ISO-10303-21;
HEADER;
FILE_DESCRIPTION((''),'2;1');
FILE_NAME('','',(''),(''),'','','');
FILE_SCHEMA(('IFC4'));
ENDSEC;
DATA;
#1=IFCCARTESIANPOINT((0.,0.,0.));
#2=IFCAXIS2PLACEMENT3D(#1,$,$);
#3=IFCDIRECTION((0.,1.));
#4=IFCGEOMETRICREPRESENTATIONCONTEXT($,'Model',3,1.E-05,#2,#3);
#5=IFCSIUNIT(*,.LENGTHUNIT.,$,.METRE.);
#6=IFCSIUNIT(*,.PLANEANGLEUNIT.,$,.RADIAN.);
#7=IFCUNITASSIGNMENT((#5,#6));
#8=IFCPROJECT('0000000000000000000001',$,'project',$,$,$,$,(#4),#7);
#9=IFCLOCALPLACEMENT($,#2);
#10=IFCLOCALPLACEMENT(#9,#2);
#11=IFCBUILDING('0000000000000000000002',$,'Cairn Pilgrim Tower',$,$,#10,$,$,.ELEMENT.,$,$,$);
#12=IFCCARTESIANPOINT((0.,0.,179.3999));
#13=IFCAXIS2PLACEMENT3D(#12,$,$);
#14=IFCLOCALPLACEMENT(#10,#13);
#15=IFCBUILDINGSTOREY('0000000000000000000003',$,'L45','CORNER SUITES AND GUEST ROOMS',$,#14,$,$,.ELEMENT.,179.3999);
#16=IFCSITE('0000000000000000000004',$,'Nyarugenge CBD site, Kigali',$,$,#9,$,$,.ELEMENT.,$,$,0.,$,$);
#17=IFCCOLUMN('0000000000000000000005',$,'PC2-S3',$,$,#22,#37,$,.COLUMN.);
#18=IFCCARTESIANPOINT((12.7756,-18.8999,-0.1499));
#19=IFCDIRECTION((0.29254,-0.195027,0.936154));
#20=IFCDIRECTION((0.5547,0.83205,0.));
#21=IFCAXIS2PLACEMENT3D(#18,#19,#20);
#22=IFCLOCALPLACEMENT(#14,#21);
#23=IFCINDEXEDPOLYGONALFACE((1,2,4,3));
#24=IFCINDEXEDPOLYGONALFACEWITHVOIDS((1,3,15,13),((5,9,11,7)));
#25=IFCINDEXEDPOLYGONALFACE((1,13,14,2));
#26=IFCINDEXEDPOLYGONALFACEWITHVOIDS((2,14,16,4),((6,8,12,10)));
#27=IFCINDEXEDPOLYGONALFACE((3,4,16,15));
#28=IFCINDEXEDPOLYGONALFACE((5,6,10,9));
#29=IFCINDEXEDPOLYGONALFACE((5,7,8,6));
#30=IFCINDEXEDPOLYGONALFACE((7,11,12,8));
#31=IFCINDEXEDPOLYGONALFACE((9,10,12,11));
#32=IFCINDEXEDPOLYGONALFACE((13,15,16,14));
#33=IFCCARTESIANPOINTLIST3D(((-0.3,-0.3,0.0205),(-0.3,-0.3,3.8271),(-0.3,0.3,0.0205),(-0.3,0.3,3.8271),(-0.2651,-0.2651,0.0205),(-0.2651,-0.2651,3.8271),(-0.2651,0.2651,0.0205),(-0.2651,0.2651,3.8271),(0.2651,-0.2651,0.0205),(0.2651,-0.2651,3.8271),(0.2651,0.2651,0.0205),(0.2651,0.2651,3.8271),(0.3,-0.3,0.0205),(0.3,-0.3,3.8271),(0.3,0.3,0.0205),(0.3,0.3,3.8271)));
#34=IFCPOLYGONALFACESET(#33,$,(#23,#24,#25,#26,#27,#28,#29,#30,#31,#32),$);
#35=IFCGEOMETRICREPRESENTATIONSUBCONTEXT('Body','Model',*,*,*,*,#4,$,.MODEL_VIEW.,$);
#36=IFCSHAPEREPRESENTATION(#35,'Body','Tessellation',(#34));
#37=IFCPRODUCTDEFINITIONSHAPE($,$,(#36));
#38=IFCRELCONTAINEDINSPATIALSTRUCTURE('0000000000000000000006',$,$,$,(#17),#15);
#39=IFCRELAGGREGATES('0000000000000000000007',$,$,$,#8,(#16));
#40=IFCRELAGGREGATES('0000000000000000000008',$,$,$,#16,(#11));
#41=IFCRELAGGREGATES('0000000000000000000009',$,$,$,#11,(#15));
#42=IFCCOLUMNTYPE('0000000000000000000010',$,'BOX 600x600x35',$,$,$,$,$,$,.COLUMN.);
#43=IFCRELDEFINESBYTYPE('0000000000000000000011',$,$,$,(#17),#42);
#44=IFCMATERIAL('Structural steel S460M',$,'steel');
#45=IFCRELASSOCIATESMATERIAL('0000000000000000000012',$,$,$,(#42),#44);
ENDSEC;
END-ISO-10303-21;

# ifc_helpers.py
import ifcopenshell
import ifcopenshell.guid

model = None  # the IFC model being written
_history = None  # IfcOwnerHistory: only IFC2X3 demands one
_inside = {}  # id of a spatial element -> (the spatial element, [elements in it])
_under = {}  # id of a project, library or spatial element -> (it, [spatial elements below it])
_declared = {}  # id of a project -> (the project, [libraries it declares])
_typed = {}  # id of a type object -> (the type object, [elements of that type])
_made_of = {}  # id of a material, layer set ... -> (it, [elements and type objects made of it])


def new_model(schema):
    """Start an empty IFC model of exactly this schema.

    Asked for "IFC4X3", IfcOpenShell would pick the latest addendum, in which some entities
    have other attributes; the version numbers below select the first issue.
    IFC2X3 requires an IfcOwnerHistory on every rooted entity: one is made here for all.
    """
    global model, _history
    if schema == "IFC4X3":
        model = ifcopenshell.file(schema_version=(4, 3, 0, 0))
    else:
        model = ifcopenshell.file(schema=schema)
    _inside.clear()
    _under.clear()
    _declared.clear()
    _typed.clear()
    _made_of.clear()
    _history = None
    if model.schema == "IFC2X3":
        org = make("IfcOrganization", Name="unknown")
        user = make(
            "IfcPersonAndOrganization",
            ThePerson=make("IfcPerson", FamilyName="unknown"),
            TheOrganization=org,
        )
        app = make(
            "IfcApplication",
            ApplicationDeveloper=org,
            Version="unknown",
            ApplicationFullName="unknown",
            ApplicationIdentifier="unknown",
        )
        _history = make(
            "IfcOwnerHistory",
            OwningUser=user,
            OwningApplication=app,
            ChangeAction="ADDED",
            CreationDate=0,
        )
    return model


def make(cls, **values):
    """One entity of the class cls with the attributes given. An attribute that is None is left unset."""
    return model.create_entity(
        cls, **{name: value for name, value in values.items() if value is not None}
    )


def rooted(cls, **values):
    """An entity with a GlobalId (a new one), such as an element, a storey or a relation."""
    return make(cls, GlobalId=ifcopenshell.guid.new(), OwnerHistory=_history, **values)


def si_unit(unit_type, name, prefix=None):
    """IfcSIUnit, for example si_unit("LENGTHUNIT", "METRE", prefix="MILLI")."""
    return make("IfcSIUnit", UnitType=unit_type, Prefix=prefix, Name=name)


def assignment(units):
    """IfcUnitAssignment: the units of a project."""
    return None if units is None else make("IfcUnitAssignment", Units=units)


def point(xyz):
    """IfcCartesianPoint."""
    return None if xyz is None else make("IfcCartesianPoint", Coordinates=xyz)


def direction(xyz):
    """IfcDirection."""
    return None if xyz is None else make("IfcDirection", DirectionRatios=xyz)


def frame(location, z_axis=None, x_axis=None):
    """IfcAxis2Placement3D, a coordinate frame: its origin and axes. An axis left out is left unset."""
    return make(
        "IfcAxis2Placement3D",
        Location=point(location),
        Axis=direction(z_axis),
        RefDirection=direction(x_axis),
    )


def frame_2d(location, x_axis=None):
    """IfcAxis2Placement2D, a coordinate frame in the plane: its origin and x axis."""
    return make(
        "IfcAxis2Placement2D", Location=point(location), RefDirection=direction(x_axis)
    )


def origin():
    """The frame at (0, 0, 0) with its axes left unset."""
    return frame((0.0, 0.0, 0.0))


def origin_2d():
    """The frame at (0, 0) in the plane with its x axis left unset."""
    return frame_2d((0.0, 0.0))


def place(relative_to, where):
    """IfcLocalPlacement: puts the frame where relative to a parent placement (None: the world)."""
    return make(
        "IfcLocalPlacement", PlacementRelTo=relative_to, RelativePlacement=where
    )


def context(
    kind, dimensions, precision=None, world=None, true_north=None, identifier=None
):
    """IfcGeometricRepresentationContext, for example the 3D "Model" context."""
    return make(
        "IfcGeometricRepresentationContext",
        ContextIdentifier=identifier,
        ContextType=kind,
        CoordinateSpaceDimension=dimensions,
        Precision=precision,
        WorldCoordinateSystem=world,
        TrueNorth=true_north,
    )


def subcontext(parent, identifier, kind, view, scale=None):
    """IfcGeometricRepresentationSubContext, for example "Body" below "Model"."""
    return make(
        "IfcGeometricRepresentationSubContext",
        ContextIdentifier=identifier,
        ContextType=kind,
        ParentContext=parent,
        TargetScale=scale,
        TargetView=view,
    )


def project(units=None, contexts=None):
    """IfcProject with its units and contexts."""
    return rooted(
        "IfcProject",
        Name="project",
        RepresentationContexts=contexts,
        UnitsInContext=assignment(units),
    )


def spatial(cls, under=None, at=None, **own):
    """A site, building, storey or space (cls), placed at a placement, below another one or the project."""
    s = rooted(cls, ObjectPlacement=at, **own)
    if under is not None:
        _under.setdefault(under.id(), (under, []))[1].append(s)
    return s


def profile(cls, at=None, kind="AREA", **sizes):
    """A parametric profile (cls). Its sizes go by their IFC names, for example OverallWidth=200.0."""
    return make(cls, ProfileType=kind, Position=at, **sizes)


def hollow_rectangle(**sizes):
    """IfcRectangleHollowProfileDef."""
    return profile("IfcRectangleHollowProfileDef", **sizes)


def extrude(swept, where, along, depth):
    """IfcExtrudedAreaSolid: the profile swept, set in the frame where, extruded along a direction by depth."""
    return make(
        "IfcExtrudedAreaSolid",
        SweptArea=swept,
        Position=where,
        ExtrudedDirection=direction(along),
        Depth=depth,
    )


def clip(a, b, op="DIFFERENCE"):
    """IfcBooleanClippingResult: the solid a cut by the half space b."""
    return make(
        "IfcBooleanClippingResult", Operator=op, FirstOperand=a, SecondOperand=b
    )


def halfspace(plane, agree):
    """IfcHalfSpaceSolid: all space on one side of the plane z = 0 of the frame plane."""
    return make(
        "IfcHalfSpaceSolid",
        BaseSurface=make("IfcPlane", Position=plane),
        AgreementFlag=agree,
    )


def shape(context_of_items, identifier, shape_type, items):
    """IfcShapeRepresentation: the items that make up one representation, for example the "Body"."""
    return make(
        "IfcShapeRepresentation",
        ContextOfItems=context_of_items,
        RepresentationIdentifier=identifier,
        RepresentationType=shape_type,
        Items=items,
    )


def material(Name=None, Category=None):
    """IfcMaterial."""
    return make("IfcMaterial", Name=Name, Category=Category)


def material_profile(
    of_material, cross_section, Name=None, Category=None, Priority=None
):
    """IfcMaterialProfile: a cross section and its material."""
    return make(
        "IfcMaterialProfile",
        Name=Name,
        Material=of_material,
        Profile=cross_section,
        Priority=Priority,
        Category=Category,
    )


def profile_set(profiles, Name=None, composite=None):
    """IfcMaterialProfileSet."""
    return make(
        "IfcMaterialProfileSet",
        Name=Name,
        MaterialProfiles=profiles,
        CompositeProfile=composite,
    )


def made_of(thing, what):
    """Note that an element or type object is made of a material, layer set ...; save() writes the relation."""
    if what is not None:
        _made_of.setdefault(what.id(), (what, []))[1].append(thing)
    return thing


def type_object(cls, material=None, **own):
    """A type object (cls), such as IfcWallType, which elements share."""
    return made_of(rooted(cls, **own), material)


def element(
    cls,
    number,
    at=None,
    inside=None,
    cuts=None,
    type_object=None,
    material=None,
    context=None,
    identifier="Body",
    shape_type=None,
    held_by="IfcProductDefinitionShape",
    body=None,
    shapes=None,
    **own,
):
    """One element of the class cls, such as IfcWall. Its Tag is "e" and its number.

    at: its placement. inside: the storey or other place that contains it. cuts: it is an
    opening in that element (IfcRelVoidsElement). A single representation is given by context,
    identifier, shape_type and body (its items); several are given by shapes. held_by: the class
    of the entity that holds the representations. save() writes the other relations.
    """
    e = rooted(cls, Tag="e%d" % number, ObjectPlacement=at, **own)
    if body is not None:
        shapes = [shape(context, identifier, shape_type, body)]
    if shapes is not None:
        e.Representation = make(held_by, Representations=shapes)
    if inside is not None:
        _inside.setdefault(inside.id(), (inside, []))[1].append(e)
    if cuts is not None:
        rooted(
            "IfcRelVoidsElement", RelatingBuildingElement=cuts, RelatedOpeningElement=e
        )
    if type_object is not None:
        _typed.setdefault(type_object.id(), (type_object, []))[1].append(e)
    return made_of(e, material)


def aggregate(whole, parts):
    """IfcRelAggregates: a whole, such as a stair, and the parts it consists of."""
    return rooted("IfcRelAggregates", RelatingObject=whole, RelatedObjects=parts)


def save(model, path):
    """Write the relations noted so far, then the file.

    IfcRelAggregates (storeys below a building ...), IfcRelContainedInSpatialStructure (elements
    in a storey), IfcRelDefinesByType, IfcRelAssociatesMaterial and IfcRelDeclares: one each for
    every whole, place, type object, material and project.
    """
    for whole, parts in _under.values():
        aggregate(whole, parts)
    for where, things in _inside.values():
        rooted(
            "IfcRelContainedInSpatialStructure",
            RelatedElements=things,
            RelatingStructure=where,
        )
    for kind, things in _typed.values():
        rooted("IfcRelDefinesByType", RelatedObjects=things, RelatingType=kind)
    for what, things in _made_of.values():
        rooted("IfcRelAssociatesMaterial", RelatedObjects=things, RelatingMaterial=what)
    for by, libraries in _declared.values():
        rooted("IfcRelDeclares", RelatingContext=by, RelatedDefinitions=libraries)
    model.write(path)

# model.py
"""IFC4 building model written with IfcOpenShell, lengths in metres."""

from ifc_helpers import new_model, si_unit, direction, frame, origin, origin_2d, place, context, subcontext, project, spatial, hollow_rectangle, extrude, clip, halfspace, material, material_profile, profile_set, type_object, element, save


model = new_model("IFC4")

# Units and contexts
model_context = context("Model", 3, precision=1e-05, world=origin(), true_north=direction((0.0, 1.0)))
body_context = subcontext(model_context, "Body", "Model", "MODEL_VIEW")
ifc_project = project(units=[si_unit("LENGTHUNIT", "METRE"), si_unit("PLANEANGLEUNIT", "RADIAN")], contexts=[model_context])

# Site, building, storey
site_placement = place(None, origin())
site = spatial("IfcSite", under=ifc_project, at=site_placement, Name="Nyarugenge CBD site, Kigali", CompositionType="ELEMENT", RefElevation=0.0)
building_placement = place(site_placement, origin())
building = spatial("IfcBuilding", under=site, at=building_placement, Name="Cairn Pilgrim Tower", CompositionType="ELEMENT")
storey_placement = place(building_placement, frame((0.0, 0.0, 179.3999)))
storey = spatial("IfcBuildingStorey", under=building, at=storey_placement, Name="L45", Description="CORNER SUITES AND GUEST ROOMS", CompositionType="ELEMENT", Elevation=179.3999)

# Column
ifc_material_1 = material(Name="Structural steel S460M", Category="steel")
ifc_material_profile_1 = material_profile(ifc_material_1, hollow_rectangle(XDim=0.6001, YDim=0.6001, WallThickness=0.0349, at=origin_2d()), Name="BOX 600x600x35")
ifc_profile_set_1 = profile_set([ifc_material_profile_1], Name="Structural steel S460M")
column_type_1 = type_object("IfcColumnType", Name="BOX 600x600x35", PredefinedType="COLUMN", material=ifc_profile_set_1)
column_placement = place(storey_placement, frame((12.7756, -18.8999, -0.1499), z_axis=(0.29254, -0.195027, 0.936154), x_axis=(0.5547, 0.83205, 0.0)))
element("IfcColumn", 1, at=column_placement, inside=storey, type_object=column_type_1, Name="PC2-S3", PredefinedType="COLUMN", context=body_context, shape_type="Clipping", body=[
    clip(clip(extrude(hollow_rectangle(XDim=0.6001, YDim=0.6001, WallThickness=0.0349, at=origin_2d()), origin(), (0.0, 0.0, 1.0), 3.8457), halfspace(frame((0.0, 0.0, 0.0205), z_axis=(0.0, 0.0, 1.0), x_axis=(1.0, 0.0, 0.0)), True)), halfspace(frame((0.0, 0.0, 3.8271), z_axis=(0.0, 0.0, 1.0), x_axis=(1.0, 0.0, 0.0)), False)),
])

save(model, "model.ifc")
